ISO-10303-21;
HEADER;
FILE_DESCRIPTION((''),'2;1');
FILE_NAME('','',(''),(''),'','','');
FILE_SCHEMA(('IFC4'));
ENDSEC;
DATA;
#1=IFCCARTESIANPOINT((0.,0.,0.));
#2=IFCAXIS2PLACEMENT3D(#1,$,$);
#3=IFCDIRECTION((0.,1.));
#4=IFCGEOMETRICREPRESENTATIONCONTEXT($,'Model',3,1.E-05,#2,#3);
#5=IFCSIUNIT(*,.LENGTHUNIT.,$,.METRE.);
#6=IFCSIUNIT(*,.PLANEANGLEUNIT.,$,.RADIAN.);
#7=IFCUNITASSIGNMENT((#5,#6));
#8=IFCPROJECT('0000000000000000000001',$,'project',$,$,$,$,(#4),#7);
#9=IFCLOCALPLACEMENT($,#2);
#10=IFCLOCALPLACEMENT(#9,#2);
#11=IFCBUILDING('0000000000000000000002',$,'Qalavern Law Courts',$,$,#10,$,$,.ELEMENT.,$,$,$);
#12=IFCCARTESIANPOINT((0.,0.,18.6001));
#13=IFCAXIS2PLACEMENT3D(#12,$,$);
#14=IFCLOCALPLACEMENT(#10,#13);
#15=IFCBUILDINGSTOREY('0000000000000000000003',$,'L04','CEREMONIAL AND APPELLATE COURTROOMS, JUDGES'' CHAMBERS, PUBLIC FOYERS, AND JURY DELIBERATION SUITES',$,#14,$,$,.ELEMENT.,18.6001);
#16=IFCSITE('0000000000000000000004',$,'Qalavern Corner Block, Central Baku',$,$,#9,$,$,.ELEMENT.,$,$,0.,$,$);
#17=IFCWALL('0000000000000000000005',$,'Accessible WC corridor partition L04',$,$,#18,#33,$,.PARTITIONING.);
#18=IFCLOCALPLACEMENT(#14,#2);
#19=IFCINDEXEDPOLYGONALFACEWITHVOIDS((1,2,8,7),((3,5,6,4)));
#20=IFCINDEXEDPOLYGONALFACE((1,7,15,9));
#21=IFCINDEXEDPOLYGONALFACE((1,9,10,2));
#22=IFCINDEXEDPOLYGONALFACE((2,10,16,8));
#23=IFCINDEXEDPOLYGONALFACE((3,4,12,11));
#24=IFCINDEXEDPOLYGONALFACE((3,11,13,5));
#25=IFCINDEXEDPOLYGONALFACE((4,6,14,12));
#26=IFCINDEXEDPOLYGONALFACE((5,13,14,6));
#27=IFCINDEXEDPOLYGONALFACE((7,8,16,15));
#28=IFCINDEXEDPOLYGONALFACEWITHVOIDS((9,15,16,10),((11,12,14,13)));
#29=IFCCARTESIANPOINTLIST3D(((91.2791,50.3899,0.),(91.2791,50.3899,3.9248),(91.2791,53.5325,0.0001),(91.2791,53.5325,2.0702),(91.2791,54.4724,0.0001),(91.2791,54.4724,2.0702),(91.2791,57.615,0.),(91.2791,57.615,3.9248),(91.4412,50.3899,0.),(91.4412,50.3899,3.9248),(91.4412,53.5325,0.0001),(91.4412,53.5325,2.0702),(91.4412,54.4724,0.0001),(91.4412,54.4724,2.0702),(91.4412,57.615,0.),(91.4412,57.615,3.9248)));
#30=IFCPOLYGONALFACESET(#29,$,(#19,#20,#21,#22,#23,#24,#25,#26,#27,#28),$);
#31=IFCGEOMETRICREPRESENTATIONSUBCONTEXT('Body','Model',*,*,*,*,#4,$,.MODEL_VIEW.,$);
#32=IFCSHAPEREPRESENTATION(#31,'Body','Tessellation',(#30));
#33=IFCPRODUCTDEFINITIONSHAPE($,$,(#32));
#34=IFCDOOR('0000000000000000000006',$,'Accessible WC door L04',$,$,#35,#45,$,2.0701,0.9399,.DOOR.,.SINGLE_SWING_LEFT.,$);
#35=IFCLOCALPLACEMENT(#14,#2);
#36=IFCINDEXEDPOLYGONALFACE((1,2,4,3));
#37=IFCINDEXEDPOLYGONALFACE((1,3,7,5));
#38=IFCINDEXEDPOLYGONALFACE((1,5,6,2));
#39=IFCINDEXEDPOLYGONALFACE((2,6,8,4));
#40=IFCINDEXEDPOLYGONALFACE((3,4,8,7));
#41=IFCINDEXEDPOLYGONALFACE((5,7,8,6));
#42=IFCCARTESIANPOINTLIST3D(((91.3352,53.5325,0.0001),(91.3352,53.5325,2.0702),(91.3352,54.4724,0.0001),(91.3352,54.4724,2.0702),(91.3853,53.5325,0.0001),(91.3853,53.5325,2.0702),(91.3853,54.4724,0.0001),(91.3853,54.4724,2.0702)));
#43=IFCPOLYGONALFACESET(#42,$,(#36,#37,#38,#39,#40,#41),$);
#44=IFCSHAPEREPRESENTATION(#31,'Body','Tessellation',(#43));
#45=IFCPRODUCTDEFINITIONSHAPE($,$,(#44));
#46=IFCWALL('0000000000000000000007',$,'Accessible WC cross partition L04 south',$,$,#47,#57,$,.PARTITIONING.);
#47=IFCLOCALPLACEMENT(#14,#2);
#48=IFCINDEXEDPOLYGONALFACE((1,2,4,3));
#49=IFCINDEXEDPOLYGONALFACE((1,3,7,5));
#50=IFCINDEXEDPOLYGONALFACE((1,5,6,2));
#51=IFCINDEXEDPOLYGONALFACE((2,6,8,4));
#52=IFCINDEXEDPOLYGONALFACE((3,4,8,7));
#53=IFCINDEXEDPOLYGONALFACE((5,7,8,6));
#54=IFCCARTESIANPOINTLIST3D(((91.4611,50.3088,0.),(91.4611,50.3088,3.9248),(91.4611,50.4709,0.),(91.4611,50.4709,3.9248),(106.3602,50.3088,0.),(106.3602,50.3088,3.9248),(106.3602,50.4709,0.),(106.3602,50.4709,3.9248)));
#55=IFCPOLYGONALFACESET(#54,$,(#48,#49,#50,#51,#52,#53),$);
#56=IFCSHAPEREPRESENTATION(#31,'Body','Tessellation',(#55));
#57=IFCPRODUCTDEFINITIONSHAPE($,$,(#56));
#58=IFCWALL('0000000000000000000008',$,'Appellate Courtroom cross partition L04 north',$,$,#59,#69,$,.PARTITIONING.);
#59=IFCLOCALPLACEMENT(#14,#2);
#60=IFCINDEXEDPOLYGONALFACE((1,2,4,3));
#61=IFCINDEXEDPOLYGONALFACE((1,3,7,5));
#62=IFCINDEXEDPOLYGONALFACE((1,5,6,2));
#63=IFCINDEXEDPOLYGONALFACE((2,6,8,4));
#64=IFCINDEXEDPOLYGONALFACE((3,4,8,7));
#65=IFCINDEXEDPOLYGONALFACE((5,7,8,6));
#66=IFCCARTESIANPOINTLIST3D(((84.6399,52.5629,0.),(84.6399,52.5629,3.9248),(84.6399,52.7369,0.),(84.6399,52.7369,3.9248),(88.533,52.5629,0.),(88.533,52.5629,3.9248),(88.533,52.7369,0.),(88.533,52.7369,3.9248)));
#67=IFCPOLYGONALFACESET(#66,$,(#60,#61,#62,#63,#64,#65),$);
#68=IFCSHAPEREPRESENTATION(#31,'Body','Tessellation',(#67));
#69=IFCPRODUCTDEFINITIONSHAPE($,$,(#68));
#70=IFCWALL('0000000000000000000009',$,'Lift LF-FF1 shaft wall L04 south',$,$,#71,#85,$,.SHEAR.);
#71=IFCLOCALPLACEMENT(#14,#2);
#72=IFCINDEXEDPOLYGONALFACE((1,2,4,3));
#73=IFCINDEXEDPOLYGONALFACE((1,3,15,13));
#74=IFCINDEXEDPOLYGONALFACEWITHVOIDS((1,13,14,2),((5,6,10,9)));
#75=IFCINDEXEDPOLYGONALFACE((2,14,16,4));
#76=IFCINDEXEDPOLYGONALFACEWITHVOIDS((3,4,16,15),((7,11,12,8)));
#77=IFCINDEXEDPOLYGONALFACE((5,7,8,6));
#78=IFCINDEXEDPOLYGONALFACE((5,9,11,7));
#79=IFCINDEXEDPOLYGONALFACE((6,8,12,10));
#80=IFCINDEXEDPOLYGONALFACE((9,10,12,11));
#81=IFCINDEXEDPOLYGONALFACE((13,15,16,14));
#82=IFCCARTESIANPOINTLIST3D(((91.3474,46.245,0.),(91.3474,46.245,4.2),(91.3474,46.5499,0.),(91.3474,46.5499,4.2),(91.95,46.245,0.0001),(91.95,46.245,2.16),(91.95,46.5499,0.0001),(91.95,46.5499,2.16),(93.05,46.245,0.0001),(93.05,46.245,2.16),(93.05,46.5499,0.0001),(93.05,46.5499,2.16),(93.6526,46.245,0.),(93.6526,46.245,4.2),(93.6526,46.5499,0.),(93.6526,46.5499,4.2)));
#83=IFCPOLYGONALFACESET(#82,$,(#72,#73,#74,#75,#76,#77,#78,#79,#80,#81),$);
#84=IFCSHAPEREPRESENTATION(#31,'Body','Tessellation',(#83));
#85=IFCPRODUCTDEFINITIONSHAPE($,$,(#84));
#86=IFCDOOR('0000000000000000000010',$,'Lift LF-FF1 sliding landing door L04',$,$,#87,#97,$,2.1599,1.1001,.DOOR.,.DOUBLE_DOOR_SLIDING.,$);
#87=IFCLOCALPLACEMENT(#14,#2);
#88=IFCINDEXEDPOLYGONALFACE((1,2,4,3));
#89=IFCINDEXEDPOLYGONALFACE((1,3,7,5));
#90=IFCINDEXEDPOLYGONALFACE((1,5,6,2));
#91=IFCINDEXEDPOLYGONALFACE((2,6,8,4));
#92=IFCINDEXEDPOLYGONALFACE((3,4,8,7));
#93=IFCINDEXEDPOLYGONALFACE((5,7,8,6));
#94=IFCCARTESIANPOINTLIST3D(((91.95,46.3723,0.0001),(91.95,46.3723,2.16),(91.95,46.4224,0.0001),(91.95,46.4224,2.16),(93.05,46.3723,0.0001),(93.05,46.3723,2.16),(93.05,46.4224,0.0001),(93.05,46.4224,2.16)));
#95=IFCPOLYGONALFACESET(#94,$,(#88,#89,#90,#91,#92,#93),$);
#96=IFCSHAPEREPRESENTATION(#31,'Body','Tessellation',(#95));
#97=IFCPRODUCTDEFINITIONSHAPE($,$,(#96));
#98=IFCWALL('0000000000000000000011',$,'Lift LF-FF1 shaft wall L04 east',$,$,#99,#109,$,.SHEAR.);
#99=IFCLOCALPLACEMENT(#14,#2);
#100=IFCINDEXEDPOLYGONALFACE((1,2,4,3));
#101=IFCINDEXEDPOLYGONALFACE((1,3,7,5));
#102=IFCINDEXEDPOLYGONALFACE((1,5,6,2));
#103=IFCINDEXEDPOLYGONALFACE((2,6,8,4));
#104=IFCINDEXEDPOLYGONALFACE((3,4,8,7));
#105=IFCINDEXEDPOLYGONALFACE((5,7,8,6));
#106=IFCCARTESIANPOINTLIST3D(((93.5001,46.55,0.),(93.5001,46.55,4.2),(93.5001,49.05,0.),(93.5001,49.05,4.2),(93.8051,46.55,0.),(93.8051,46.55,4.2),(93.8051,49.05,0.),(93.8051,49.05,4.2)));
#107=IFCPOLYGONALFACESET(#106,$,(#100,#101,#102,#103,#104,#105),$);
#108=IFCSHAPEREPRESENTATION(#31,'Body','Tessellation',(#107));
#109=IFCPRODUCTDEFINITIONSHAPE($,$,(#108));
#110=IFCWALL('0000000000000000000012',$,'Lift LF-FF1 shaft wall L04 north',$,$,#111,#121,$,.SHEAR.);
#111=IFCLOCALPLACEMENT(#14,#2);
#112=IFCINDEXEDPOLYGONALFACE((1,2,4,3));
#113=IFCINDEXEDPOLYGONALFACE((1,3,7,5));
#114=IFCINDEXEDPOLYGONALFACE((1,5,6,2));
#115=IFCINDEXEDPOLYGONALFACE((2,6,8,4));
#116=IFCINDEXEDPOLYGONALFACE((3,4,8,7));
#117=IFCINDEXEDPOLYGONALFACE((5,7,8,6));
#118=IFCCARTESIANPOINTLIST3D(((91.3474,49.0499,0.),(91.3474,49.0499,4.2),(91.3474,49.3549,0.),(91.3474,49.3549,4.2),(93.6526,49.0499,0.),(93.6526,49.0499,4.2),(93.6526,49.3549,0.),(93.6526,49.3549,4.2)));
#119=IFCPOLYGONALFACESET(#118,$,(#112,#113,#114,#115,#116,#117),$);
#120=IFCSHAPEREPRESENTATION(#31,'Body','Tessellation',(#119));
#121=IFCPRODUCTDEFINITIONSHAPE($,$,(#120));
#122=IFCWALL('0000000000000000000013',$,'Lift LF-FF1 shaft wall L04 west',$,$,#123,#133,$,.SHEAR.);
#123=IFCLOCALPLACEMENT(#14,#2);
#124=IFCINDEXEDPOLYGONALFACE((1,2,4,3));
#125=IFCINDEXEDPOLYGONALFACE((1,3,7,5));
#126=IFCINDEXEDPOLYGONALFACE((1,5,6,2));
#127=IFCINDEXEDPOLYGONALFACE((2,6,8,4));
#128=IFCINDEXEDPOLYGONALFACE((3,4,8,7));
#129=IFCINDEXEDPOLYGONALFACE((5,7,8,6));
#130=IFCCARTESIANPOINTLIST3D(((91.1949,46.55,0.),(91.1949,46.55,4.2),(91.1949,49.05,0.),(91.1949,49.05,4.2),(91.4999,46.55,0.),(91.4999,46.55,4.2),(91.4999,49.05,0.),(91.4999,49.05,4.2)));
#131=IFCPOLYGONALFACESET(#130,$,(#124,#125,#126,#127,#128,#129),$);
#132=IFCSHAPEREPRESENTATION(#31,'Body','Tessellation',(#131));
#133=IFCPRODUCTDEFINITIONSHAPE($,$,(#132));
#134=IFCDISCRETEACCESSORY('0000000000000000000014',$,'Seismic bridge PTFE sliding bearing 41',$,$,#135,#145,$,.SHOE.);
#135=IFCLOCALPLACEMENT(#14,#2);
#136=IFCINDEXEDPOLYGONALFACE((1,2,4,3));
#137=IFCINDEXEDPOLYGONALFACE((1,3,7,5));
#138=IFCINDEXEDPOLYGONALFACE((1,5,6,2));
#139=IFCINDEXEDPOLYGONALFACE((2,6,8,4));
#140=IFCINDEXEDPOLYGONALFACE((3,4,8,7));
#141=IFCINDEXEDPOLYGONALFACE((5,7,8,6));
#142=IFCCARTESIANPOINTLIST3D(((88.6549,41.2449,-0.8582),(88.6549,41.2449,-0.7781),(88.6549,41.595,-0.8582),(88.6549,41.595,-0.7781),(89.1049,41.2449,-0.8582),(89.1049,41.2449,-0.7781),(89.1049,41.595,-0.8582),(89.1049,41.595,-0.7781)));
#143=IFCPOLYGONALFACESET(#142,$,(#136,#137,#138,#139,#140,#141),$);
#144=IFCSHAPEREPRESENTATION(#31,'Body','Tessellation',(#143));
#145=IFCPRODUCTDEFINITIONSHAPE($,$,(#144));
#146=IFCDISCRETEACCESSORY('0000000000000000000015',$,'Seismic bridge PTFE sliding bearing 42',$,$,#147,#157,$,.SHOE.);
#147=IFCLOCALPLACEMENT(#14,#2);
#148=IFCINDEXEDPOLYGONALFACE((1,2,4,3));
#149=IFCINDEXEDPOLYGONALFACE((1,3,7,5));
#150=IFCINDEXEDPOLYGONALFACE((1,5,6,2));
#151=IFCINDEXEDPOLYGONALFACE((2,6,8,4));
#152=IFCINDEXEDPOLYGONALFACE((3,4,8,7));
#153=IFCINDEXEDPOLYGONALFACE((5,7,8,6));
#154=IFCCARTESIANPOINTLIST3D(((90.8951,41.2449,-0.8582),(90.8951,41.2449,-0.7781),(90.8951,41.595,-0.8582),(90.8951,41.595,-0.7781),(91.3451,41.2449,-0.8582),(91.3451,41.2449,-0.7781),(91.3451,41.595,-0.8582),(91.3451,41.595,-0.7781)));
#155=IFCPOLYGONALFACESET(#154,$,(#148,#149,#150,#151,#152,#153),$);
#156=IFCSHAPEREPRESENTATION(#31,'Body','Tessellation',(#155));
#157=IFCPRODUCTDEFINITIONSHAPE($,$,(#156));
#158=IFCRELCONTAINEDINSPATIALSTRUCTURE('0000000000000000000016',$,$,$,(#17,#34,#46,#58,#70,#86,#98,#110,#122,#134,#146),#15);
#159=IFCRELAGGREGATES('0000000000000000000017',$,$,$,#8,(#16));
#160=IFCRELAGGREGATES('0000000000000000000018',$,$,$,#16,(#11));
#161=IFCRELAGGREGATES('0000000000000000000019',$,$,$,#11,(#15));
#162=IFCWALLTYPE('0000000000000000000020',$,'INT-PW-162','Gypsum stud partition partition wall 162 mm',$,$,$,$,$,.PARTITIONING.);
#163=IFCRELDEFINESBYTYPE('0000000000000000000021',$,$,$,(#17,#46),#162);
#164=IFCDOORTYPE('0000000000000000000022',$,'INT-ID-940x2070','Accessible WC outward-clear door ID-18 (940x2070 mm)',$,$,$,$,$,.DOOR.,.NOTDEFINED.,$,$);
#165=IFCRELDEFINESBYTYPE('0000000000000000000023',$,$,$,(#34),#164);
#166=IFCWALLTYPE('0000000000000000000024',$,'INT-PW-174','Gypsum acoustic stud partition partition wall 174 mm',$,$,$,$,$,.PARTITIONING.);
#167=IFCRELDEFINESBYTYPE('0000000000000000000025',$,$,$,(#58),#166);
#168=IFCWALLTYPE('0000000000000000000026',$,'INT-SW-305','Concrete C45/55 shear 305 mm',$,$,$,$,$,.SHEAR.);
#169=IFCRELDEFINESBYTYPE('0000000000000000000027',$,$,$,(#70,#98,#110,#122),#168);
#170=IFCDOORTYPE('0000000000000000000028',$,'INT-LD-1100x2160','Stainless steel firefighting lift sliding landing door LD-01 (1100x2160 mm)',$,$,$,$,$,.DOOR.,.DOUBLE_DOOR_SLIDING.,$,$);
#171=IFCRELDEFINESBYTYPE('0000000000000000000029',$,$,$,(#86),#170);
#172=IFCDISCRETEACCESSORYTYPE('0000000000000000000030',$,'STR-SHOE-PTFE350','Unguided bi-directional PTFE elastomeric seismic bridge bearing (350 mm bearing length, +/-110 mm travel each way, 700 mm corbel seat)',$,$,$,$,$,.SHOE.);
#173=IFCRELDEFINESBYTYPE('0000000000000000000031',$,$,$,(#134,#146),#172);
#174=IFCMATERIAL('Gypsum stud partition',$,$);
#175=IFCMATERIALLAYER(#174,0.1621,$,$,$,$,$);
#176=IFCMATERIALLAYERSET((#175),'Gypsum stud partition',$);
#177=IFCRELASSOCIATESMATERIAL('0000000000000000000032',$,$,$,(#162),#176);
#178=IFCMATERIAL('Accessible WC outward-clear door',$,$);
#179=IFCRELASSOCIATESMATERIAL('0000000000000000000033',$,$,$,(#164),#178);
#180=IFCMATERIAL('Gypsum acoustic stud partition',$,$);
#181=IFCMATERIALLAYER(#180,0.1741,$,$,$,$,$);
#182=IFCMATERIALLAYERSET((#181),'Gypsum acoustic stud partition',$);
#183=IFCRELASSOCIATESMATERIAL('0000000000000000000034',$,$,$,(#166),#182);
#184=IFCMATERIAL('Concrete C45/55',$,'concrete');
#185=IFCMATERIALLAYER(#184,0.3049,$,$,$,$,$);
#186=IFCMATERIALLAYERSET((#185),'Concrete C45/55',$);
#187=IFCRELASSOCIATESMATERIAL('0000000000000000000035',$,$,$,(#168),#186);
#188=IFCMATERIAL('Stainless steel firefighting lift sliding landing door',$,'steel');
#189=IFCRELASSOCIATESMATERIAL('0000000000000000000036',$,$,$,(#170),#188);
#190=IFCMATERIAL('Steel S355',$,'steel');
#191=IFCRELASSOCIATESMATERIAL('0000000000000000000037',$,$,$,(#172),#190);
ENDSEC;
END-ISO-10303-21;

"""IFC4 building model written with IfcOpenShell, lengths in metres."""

from ifc_helpers import new_model, si_unit, direction, frame, frame_2d, origin, origin_2d, place, context, subcontext, project, spatial, rectangle, extrude, material, layer, layer_set, type_object, element, fill, save


model = new_model("IFC4")

# Units and contexts
model_context = context("Model", 3, precision=1e-05, world=origin(), true_north=direction((0.0, 1.0)))
body_context = subcontext(model_context, "Body", "Model", "MODEL_VIEW")
ifc_project = project(units=[si_unit("LENGTHUNIT", "METRE"), si_unit("PLANEANGLEUNIT", "RADIAN")], contexts=[model_context])

# Site, building, storey
site_placement = place(None, origin())
site = spatial("IfcSite", under=ifc_project, at=site_placement, Name="Qalavern Corner Block, Central Baku", CompositionType="ELEMENT", RefElevation=0.0)
building_placement = place(site_placement, origin())
building = spatial("IfcBuilding", under=site, at=building_placement, Name="Qalavern Law Courts", CompositionType="ELEMENT")
storey_placement = place(building_placement, frame((0.0, 0.0, 18.6001)))
storey = spatial("IfcBuildingStorey", under=building, at=storey_placement, Name="L04", Description="CEREMONIAL AND APPELLATE COURTROOMS, JUDGES' CHAMBERS, PUBLIC FOYERS, AND JURY DELIBERATION SUITES", CompositionType="ELEMENT", Elevation=18.6001)

# Shared definitions
ifc_material_1 = material(Name="Concrete C45/55", Category="concrete")

# Wall, opening, door
ifc_material_2 = material(Name="Gypsum stud partition")
ifc_layer_1 = layer(ifc_material_2, 0.1621)
ifc_layer_set_1 = layer_set([ifc_layer_1], Name="Gypsum stud partition")
wall_type_1 = type_object("IfcWallType", Name="INT-PW-162", Description="Gypsum stud partition partition wall 162 mm", PredefinedType="PARTITIONING", material=ifc_layer_set_1)
wall_1_placement = place(storey_placement, frame((91.3601, 50.3899, 0.0), z_axis=(0.0, 0.0, 1.0), x_axis=(0.0, 1.0, 0.0)))
wall_1 = element("IfcWall", 1, at=wall_1_placement, inside=storey, type_object=wall_type_1, Name="Accessible WC corridor partition L04", PredefinedType="PARTITIONING", context=body_context, shape_type="SweptSolid", body=[
    extrude(rectangle(XDim=7.2251, YDim=0.1621, at=frame_2d((3.6125, 0.0))), origin(), (0.0, 0.0, 1.0), 3.9248),
])
opening_1_placement = place(wall_1_placement, frame((3.1426, 0.0, 0.0)))
opening_1 = element("IfcOpeningElement", 2, at=opening_1_placement, cuts=wall_1, PredefinedType="OPENING", context=body_context, shape_type="SweptSolid", body=[
    extrude(rectangle(XDim=0.9399, YDim=2.0701, at=frame_2d((0.47, 1.0352))), frame((0.0, 0.0959, 0.0), z_axis=(0.0, -1.0, 0.0), x_axis=(1.0, 0.0, 0.0)), (0.0, 0.0, 1.0), 0.1919),
])
ifc_material_3 = material(Name="Accessible WC outward-clear door")
door_type_1 = type_object("IfcDoorType", Name="INT-ID-940x2070", Description="Accessible WC outward-clear door ID-18 (940x2070 mm)", OperationType="NOTDEFINED", PredefinedType="DOOR", material=ifc_material_3)
door_1_placement = place(opening_1_placement, origin())
door_1 = element("IfcDoor", 3, at=door_1_placement, inside=storey, type_object=door_type_1, Name="Accessible WC door L04", OperationType="SINGLE_SWING_LEFT", OverallHeight=2.0701, OverallWidth=0.9399, PredefinedType="DOOR", context=body_context, shape_type="SweptSolid", body=[
    extrude(rectangle(XDim=0.9399, YDim=2.0701, at=frame_2d((0.47, 1.0352))), frame((0.0, 0.0249, 0.0), z_axis=(0.0, -1.0, 0.0), x_axis=(1.0, 0.0, 0.0)), (0.0, 0.0, 1.0), 0.05),
])
fill(opening_1, door_1)

# Walls
wall_2_placement = place(storey_placement, frame((91.4609, 50.3899, 0.0), z_axis=(0.0, 0.0, 1.0), x_axis=(1.0, 0.0, 0.0)))
element("IfcWall", 4, at=wall_2_placement, inside=storey, type_object=wall_type_1, Name="Accessible WC cross partition L04 south", PredefinedType="PARTITIONING", context=body_context, shape_type="SweptSolid", body=[
    extrude(rectangle(XDim=14.8992, YDim=0.1621, at=frame_2d((7.4497, 0.0))), origin(), (0.0, 0.0, 1.0), 3.9248),
])
ifc_material_4 = material(Name="Gypsum acoustic stud partition")
ifc_layer_2 = layer(ifc_material_4, 0.1741)
ifc_layer_set_2 = layer_set([ifc_layer_2], Name="Gypsum acoustic stud partition")
wall_type_2 = type_object("IfcWallType", Name="INT-PW-174", Description="Gypsum acoustic stud partition partition wall 174 mm", PredefinedType="PARTITIONING", material=ifc_layer_set_2)
wall_3_placement = place(storey_placement, frame((84.6399, 52.6499, 0.0), z_axis=(0.0, 0.0, 1.0), x_axis=(1.0, 0.0, 0.0)))
element("IfcWall", 5, at=wall_3_placement, inside=storey, type_object=wall_type_2, Name="Appellate Courtroom cross partition L04 north", PredefinedType="PARTITIONING", context=body_context, shape_type="SweptSolid", body=[
    extrude(rectangle(XDim=3.8931, YDim=0.1741, at=frame_2d((1.9465, 0.0))), origin(), (0.0, 0.0, 1.0), 3.9248),
])

# Wall, opening, door
ifc_layer_3 = layer(ifc_material_1, 0.3049)
ifc_layer_set_3 = layer_set([ifc_layer_3], Name="Concrete C45/55")
wall_type_3 = type_object("IfcWallType", Name="INT-SW-305", Description="Concrete C45/55 shear 305 mm", PredefinedType="SHEAR", material=ifc_layer_set_3)
wall_4_placement = place(storey_placement, frame((91.3474, 46.3975, 0.0), z_axis=(0.0, 0.0, 1.0), x_axis=(1.0, 0.0, 0.0)))
wall_4 = element("IfcWall", 6, at=wall_4_placement, inside=storey, type_object=wall_type_3, Name="Lift LF-FF1 shaft wall L04 south", PredefinedType="SHEAR", context=body_context, shape_type="SweptSolid", body=[
    extrude(rectangle(XDim=2.3052, YDim=0.3049, at=frame_2d((1.1526, 0.0))), origin(), (0.0, 0.0, 1.0), 4.2),
])
opening_2_placement = place(wall_4_placement, frame((0.6025, 0.0, 0.0)))
opening_2 = element("IfcOpeningElement", 7, at=opening_2_placement, cuts=wall_4, PredefinedType="OPENING", context=body_context, shape_type="SweptSolid", body=[
    extrude(rectangle(XDim=1.1001, YDim=2.1599, at=frame_2d((0.55, 1.0801))), frame((0.0, 0.1675, 0.0), z_axis=(0.0, -1.0, 0.0), x_axis=(1.0, 0.0, 0.0)), (0.0, 0.0, 1.0), 0.3347),
])
ifc_material_5 = material(Name="Stainless steel firefighting lift sliding landing door", Category="steel")
door_type_2 = type_object("IfcDoorType", Name="INT-LD-1100x2160", Description="Stainless steel firefighting lift sliding landing door LD-01 (1100x2160 mm)", OperationType="DOUBLE_DOOR_SLIDING", PredefinedType="DOOR", material=ifc_material_5)
door_2_placement = place(opening_2_placement, origin())
door_2 = element("IfcDoor", 8, at=door_2_placement, inside=storey, type_object=door_type_2, Name="Lift LF-FF1 sliding landing door L04", OperationType="DOUBLE_DOOR_SLIDING", OverallHeight=2.1599, OverallWidth=1.1001, PredefinedType="DOOR", context=body_context, shape_type="SweptSolid", body=[
    extrude(rectangle(XDim=1.1001, YDim=2.1599, at=frame_2d((0.55, 1.0801))), frame((0.0, 0.0249, 0.0), z_axis=(0.0, -1.0, 0.0), x_axis=(1.0, 0.0, 0.0)), (0.0, 0.0, 1.0), 0.05),
])
fill(opening_2, door_2)

# Walls
wall_5_placement = place(storey_placement, frame((93.6526, 46.55, 0.0), z_axis=(0.0, 0.0, 1.0), x_axis=(0.0, 1.0, 0.0)))
element("IfcWall", 9, at=wall_5_placement, inside=storey, type_object=wall_type_3, Name="Lift LF-FF1 shaft wall L04 east", PredefinedType="SHEAR", context=body_context, shape_type="SweptSolid", body=[
    extrude(rectangle(XDim=2.5, YDim=0.3049, at=frame_2d((1.25, 0.0))), origin(), (0.0, 0.0, 1.0), 4.2),
])
wall_6_placement = place(storey_placement, frame((93.6526, 49.2024, 0.0), z_axis=(0.0, 0.0, 1.0), x_axis=(-1.0, 0.0, 0.0)))
element("IfcWall", 10, at=wall_6_placement, inside=storey, type_object=wall_type_3, Name="Lift LF-FF1 shaft wall L04 north", PredefinedType="SHEAR", context=body_context, shape_type="SweptSolid", body=[
    extrude(rectangle(XDim=2.3052, YDim=0.3049, at=frame_2d((1.1526, 0.0))), origin(), (0.0, 0.0, 1.0), 4.2),
])
wall_7_placement = place(storey_placement, frame((91.3474, 49.05, 0.0), z_axis=(0.0, 0.0, 1.0), x_axis=(0.0, -1.0, 0.0)))
element("IfcWall", 11, at=wall_7_placement, inside=storey, type_object=wall_type_3, Name="Lift LF-FF1 shaft wall L04 west", PredefinedType="SHEAR", context=body_context, shape_type="SweptSolid", body=[
    extrude(rectangle(XDim=2.5, YDim=0.3049, at=frame_2d((1.25, 0.0))), origin(), (0.0, 0.0, 1.0), 4.2),
])

# Discrete accessories
ifc_material_6 = material(Name="Steel S355", Category="steel")
discrete_accessory_type = type_object("IfcDiscreteAccessoryType", Name="STR-SHOE-PTFE350", Description="Unguided bi-directional PTFE elastomeric seismic bridge bearing (350 mm bearing length, +/-110 mm travel each way, 700 mm corbel seat)", PredefinedType="SHOE", material=ifc_material_6)
for number, where, z_axis, x_axis, name in (
    (12, (88.8799, 41.4199, -0.8582), (0.0, 0.0, 1.0), (1.0, 0.0, 0.0), "Seismic bridge PTFE sliding bearing 41"),
    (13, (91.1201, 41.4199, -0.8582), (0.0, 0.0, 1.0), (1.0, 0.0, 0.0), "Seismic bridge PTFE sliding bearing 42"),
):
    element("IfcDiscreteAccessory", number, at=place(storey_placement, frame(where, z_axis=z_axis, x_axis=x_axis)), inside=storey, type_object=discrete_accessory_type, Name=name, PredefinedType="SHOE", context=body_context, shape_type="SweptSolid", body=[
        extrude(rectangle(XDim=0.45, YDim=0.3501, at=origin_2d()), origin(), (0.0, 0.0, 1.0), 0.0801),
    ])

save(model, "model.ifc")
